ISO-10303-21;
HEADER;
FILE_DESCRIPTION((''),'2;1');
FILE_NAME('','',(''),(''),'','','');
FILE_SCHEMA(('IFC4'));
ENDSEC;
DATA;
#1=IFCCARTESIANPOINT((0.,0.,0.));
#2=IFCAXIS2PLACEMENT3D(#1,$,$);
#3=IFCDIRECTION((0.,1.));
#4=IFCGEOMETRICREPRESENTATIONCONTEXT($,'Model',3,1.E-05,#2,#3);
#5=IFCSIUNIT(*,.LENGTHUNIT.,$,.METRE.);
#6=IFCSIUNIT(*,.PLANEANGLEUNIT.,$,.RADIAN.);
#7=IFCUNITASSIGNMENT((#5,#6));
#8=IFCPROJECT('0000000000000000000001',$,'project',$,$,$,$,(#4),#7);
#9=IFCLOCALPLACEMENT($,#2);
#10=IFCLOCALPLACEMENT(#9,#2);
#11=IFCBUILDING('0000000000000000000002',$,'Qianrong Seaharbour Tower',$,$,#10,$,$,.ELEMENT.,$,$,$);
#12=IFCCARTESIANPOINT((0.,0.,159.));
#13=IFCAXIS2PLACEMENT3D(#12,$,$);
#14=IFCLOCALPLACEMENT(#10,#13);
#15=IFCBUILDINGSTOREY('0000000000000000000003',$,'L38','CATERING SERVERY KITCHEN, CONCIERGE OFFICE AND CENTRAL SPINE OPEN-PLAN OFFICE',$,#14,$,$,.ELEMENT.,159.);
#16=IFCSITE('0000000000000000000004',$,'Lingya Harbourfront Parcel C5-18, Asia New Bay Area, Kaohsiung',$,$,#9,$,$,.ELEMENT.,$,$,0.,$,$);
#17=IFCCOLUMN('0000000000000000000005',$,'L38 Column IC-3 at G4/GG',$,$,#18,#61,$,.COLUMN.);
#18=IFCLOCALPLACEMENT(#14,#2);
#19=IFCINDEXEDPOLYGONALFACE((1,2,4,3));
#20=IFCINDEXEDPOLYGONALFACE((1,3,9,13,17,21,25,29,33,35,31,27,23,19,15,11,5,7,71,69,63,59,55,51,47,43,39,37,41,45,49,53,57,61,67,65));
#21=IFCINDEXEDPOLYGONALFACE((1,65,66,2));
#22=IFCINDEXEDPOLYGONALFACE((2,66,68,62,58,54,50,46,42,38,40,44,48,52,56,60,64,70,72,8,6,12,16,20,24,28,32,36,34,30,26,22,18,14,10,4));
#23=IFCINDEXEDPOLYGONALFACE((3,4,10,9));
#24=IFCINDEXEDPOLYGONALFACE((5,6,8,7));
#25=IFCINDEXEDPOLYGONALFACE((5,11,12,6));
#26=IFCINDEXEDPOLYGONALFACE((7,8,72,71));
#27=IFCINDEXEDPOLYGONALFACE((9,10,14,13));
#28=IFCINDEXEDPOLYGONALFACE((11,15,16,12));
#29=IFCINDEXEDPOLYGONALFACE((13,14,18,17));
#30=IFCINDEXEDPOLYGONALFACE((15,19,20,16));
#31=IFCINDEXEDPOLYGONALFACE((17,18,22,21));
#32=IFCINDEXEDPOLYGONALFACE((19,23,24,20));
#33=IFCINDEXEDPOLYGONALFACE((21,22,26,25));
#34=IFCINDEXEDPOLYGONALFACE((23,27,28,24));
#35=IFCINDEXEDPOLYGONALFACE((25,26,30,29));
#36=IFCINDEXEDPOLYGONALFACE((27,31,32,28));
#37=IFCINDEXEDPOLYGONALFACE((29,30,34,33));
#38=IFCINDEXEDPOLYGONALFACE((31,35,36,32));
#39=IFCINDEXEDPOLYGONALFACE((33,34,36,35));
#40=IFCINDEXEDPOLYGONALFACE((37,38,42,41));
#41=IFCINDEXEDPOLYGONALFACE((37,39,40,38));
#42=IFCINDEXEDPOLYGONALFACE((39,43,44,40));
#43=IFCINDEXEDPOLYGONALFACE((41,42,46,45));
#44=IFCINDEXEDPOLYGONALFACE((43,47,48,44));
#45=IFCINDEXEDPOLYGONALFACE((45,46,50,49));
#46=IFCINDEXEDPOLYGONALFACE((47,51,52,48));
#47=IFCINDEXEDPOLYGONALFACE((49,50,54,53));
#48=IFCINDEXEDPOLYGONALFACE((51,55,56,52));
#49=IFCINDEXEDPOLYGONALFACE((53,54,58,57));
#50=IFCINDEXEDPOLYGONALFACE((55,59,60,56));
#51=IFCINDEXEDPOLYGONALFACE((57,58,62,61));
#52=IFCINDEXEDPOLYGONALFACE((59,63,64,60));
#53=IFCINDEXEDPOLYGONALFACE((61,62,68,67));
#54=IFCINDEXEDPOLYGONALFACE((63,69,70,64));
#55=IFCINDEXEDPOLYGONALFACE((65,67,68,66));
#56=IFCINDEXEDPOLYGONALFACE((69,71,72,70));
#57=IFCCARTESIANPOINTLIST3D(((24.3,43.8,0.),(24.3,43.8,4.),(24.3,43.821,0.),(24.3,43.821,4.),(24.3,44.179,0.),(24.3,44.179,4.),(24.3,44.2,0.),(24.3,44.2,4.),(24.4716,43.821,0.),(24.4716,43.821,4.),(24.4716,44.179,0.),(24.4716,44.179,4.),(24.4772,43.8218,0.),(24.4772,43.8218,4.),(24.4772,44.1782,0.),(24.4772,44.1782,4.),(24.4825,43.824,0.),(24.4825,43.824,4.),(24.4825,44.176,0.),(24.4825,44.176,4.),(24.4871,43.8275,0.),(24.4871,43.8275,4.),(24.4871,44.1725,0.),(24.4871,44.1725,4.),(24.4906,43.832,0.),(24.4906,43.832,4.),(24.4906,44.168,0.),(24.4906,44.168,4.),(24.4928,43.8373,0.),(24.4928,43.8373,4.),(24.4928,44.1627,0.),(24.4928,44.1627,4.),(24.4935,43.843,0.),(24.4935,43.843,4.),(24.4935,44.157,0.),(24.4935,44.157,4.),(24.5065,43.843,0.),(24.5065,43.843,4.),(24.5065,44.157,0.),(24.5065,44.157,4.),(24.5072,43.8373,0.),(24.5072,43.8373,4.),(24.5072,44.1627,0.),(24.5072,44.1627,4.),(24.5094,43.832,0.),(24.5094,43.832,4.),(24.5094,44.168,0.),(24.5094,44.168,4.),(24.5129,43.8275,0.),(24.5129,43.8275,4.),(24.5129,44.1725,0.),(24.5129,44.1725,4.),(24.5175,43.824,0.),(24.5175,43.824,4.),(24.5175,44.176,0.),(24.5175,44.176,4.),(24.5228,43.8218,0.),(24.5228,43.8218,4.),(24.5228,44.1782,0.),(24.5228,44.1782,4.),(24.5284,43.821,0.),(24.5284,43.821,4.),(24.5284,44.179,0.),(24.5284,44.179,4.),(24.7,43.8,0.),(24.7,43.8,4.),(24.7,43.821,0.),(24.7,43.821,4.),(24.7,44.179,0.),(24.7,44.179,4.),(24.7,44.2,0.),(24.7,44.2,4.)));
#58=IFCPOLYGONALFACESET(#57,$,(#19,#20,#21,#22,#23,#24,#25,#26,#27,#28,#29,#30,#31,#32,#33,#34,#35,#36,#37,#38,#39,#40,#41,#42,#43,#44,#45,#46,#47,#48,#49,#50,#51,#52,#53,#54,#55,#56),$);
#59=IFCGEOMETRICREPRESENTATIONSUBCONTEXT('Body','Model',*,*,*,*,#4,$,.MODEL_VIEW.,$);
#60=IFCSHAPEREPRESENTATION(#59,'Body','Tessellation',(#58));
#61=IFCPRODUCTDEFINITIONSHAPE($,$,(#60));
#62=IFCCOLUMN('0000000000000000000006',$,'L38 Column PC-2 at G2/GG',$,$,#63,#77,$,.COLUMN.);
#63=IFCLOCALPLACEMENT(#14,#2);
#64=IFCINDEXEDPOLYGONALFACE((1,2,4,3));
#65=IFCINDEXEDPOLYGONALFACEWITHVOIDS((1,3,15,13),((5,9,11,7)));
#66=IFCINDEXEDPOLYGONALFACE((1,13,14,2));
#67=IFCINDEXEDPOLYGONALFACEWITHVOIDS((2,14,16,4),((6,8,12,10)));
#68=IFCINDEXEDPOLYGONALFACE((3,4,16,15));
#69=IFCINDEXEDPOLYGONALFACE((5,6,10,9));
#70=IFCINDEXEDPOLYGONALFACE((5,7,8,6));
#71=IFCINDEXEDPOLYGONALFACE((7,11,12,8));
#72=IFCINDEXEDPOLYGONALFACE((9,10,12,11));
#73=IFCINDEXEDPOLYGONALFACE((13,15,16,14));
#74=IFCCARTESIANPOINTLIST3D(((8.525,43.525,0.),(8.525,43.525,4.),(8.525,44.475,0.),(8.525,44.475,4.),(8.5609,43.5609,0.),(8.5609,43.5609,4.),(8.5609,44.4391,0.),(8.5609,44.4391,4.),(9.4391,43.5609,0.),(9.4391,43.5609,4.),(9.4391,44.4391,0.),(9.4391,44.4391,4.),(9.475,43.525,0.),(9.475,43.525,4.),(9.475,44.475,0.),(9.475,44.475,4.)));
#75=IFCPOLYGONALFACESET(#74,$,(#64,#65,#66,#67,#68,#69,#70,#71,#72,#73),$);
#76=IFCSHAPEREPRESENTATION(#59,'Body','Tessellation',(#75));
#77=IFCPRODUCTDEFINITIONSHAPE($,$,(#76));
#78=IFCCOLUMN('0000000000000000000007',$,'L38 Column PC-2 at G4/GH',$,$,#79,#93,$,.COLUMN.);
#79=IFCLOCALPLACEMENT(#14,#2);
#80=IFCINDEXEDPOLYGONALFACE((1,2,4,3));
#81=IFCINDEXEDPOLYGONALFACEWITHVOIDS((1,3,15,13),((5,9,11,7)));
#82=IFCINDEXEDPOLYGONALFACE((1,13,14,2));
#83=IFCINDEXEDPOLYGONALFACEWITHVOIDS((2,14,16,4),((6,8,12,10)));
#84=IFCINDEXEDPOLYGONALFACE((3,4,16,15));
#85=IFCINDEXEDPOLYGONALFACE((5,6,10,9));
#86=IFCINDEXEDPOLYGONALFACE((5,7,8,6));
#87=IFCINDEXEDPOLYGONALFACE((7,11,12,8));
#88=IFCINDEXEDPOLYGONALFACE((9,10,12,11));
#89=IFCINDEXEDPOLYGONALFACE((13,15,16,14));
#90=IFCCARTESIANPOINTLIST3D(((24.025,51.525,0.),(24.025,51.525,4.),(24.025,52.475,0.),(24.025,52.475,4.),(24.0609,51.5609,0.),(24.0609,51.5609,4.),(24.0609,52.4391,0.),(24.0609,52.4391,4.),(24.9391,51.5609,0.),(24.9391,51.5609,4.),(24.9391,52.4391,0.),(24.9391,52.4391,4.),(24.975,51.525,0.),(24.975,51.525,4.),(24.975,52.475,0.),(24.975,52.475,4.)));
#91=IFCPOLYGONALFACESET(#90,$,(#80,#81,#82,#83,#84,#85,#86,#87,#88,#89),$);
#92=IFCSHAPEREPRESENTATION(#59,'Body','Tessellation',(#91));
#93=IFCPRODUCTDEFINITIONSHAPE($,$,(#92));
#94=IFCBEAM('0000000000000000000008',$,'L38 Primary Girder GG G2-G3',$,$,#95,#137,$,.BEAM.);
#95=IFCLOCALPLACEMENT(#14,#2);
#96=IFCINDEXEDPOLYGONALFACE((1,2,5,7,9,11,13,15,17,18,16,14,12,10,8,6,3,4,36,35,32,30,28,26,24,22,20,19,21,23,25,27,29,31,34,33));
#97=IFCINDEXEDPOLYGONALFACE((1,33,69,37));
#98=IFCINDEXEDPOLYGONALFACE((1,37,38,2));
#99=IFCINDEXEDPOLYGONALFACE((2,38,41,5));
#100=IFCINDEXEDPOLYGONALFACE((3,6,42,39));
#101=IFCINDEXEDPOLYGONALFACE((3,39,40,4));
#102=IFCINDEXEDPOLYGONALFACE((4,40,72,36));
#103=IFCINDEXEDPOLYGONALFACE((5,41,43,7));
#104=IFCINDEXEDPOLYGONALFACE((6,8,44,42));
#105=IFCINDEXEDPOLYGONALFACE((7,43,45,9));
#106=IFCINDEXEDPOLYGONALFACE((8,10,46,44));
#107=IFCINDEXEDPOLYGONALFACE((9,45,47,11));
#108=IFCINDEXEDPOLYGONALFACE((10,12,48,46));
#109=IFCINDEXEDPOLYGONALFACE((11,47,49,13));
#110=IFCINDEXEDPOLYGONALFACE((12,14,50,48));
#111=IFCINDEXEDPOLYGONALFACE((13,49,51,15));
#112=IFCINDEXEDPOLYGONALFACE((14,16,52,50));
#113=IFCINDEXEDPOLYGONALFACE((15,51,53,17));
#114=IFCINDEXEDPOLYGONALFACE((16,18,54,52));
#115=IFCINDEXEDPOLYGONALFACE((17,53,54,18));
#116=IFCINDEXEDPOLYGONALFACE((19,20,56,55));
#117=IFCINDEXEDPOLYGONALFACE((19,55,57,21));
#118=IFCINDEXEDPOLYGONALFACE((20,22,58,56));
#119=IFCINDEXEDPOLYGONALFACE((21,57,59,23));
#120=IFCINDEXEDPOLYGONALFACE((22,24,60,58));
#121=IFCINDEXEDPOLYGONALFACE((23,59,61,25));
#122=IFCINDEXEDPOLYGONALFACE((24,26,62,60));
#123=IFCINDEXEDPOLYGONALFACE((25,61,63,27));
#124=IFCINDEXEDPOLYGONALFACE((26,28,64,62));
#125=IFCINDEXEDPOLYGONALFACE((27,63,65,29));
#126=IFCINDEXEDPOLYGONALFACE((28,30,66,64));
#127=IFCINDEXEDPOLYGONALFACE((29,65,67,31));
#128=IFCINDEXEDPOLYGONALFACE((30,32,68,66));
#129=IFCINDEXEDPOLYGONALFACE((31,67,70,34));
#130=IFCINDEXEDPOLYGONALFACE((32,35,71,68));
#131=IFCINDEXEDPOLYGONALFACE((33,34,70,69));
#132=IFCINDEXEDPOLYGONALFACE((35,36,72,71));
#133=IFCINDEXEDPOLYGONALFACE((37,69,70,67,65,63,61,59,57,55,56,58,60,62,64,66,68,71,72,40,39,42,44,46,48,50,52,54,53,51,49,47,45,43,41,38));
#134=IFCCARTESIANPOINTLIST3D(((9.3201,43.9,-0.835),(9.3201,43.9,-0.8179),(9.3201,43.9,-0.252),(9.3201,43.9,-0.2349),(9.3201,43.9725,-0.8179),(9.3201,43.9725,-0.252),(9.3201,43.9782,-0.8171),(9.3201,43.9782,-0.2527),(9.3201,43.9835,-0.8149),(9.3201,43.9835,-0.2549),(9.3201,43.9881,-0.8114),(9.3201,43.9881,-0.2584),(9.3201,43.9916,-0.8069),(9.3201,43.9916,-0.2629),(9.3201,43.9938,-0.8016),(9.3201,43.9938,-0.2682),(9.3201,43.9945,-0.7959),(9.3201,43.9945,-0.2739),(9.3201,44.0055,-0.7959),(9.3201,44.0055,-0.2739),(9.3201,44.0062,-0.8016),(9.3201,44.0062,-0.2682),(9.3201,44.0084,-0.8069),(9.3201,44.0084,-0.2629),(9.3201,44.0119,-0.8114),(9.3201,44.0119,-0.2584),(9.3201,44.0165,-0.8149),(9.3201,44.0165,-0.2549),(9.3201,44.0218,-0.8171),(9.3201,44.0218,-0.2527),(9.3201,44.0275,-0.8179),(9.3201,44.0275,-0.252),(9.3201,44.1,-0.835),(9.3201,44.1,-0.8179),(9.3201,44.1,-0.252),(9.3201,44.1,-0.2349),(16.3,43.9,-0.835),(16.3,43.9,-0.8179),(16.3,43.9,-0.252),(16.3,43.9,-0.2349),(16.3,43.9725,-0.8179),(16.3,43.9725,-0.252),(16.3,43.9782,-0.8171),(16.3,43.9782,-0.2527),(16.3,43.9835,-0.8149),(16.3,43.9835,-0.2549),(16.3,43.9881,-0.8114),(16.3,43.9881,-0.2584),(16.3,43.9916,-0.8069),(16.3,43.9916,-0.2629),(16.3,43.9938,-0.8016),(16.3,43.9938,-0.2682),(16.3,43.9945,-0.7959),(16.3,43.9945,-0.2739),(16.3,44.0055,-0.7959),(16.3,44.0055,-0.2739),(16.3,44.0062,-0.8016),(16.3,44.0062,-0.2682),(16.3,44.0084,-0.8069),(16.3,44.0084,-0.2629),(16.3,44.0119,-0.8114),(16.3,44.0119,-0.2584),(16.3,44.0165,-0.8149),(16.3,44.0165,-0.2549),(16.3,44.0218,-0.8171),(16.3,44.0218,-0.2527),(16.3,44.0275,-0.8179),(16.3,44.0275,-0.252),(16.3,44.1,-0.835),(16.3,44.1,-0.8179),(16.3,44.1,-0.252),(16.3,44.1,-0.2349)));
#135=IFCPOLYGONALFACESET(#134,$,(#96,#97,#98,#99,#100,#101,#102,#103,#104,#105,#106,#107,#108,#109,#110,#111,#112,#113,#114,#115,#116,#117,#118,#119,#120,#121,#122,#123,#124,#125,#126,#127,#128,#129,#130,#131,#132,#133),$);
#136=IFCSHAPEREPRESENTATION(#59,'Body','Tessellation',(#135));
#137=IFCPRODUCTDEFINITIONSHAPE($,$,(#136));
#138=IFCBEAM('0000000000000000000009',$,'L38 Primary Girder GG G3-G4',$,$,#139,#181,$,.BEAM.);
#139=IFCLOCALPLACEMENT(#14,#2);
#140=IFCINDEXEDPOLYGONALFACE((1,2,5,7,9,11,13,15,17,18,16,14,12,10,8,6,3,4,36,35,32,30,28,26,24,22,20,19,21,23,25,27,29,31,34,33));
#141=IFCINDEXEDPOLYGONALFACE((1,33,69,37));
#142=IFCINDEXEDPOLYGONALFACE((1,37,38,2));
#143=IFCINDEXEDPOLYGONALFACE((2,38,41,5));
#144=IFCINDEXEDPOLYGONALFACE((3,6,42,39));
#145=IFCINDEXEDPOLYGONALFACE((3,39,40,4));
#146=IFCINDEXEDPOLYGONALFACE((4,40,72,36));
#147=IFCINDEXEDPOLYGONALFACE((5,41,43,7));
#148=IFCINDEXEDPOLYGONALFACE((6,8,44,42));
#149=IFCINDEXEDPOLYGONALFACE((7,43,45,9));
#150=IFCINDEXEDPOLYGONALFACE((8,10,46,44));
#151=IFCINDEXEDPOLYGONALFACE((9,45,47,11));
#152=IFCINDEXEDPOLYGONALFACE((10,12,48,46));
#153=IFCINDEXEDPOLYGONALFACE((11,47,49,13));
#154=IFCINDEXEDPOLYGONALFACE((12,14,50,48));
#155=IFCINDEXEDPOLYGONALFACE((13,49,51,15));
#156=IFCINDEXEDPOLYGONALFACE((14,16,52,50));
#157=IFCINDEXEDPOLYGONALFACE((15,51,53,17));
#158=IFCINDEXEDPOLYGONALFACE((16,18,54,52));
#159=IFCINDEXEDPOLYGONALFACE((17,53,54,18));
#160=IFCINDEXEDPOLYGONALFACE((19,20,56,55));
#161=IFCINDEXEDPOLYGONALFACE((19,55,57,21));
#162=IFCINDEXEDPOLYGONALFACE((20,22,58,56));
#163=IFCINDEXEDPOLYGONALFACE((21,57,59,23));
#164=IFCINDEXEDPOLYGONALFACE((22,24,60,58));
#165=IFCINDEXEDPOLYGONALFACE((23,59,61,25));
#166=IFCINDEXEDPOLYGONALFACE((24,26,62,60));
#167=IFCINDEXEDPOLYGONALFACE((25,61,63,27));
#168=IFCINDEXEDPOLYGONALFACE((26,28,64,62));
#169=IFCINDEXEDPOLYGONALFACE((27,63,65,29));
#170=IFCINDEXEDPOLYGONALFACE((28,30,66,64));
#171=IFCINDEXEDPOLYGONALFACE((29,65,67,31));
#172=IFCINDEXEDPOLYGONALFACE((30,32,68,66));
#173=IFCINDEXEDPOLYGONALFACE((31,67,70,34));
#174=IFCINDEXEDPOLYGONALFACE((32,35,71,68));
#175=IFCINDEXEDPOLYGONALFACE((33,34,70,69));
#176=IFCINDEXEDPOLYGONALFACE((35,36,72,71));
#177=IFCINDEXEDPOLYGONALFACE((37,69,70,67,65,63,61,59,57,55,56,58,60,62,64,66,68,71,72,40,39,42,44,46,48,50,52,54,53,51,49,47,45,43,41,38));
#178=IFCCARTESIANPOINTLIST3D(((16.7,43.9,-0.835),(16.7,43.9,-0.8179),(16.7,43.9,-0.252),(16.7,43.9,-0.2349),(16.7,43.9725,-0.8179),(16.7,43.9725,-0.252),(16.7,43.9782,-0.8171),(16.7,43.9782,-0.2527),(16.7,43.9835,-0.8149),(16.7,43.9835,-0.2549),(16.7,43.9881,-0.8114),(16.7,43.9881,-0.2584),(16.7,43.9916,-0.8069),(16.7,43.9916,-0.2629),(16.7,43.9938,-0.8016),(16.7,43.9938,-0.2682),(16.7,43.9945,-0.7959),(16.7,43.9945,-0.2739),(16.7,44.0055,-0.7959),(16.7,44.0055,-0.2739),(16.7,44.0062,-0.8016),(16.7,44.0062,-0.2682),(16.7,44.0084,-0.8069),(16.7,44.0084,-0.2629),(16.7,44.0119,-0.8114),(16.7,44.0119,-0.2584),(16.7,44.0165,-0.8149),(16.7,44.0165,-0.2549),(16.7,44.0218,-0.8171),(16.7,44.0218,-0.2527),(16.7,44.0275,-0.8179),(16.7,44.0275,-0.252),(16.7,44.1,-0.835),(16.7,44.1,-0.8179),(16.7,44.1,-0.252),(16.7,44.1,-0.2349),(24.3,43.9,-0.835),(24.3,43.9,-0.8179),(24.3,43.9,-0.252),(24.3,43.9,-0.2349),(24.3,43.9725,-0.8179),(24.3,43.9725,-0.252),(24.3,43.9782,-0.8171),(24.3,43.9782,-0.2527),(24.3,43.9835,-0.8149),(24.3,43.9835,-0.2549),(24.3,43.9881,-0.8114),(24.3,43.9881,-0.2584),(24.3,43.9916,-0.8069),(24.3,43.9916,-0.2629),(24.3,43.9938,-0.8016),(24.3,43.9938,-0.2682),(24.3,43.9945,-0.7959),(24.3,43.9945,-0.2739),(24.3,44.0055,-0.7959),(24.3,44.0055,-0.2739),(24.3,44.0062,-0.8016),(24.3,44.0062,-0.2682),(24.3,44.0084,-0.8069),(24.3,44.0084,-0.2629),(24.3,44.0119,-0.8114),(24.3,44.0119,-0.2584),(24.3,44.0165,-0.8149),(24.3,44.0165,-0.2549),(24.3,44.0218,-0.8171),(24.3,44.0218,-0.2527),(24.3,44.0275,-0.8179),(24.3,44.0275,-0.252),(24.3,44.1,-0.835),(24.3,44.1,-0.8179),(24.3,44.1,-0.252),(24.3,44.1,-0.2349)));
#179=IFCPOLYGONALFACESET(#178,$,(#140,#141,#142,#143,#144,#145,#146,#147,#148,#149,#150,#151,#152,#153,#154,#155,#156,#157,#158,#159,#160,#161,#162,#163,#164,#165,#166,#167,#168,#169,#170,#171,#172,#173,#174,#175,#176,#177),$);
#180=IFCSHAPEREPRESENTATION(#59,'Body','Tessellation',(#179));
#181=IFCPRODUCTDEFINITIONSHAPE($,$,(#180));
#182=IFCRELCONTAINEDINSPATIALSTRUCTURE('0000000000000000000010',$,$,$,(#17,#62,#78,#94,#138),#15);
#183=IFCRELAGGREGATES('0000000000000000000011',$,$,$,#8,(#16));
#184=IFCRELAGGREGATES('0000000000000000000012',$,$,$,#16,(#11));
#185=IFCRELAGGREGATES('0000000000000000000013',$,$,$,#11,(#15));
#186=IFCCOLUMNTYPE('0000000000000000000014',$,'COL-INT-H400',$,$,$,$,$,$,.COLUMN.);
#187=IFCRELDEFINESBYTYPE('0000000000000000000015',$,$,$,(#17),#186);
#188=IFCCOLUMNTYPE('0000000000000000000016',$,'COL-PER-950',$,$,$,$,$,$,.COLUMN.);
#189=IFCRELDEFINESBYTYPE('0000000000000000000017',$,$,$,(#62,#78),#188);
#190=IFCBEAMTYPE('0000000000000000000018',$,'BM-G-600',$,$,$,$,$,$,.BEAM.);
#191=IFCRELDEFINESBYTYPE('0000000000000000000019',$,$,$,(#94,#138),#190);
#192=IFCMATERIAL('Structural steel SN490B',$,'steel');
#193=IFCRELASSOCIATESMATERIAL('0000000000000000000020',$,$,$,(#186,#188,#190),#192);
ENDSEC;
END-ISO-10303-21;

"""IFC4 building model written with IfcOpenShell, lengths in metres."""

from ifc_helpers import new_model, si_unit, direction, frame, origin, origin_2d, place, context, subcontext, project, spatial, hollow_rectangle, i_section, extrude, material, material_profile, profile_set, type_object, element, save


model = new_model("IFC4")

# Units and contexts
model_context = context("Model", 3, precision=1e-05, world=origin(), true_north=direction((0.0, 1.0)))
body_context = subcontext(model_context, "Body", "Model", "MODEL_VIEW")
ifc_project = project(units=[si_unit("LENGTHUNIT", "METRE"), si_unit("PLANEANGLEUNIT", "RADIAN")], contexts=[model_context])

# Site, building, storey
site_placement = place(None, origin())
site = spatial("IfcSite", under=ifc_project, at=site_placement, Name="Lingya Harbourfront Parcel C5-18, Asia New Bay Area, Kaohsiung", CompositionType="ELEMENT", RefElevation=0.0)
building_placement = place(site_placement, origin())
building = spatial("IfcBuilding", under=site, at=building_placement, Name="Qianrong Seaharbour Tower", CompositionType="ELEMENT")
storey_placement = place(building_placement, frame((0.0, 0.0, 159.0)))
storey = spatial("IfcBuildingStorey", under=building, at=storey_placement, Name="L38", Description="CATERING SERVERY KITCHEN, CONCIERGE OFFICE AND CENTRAL SPINE OPEN-PLAN OFFICE", CompositionType="ELEMENT", Elevation=159.0)

# Columns
ifc_material_1 = material(Name="Structural steel SN490B", Category="steel")
ifc_material_profile_1 = material_profile(ifc_material_1, i_section(OverallWidth=0.3999, OverallDepth=0.3999, WebThickness=0.0129, FlangeThickness=0.021, FilletRadius=0.022, at=origin_2d()), Name="H400x400x13x21")
ifc_profile_set_1 = profile_set([ifc_material_profile_1], Name="Structural steel SN490B")
column_type_1 = type_object("IfcColumnType", Name="COL-INT-H400", PredefinedType="COLUMN", material=ifc_profile_set_1)
for number, where, z_axis, x_axis, name in (
    (1, (24.5, 44.0, 0.0), (0.0, 0.0, 1.0), (1.0, 0.0, 0.0), "L38 Column IC-3 at G4/GG"),
):
    element("IfcColumn", number, at=place(storey_placement, frame(where, z_axis=z_axis, x_axis=x_axis)), inside=storey, type_object=column_type_1, Name=name, PredefinedType="COLUMN", context=body_context, shape_type="SweptSolid", body=[
        extrude(i_section(OverallWidth=0.3999, OverallDepth=0.3999, WebThickness=0.0129, FlangeThickness=0.021, FilletRadius=0.022, at=origin_2d()), origin(), (0.0, 0.0, 1.0), 4.0),
    ])
ifc_material_profile_2 = material_profile(ifc_material_1, hollow_rectangle(XDim=0.95, YDim=0.95, WallThickness=0.0359, at=origin_2d()), Name="BOX950x950x36")
ifc_profile_set_2 = profile_set([ifc_material_profile_2], Name="Structural steel SN490B")
column_type_2 = type_object("IfcColumnType", Name="COL-PER-950", PredefinedType="COLUMN", material=ifc_profile_set_2)
for number, where, z_axis, x_axis, name in (
    (2, (9.0, 44.0, 0.0), (0.0, 0.0, 1.0), (1.0, 0.0, 0.0), "L38 Column PC-2 at G2/GG"),
    (3, (24.5, 52.0, 0.0), (0.0, 0.0, 1.0), (1.0, 0.0, 0.0), "L38 Column PC-2 at G4/GH"),
):
    element("IfcColumn", number, at=place(storey_placement, frame(where, z_axis=z_axis, x_axis=x_axis)), inside=storey, type_object=column_type_2, Name=name, PredefinedType="COLUMN", context=body_context, shape_type="SweptSolid", body=[
        extrude(hollow_rectangle(XDim=0.95, YDim=0.95, WallThickness=0.0359, at=origin_2d()), origin(), (0.0, 0.0, 1.0), 4.0),
    ])

# Beams
ifc_material_profile_3 = material_profile(ifc_material_1, i_section(OverallWidth=0.2, OverallDepth=0.6001, WebThickness=0.011, FlangeThickness=0.0171, FilletRadius=0.022, at=origin_2d()), Name="H600x200x11x17")
ifc_profile_set_3 = profile_set([ifc_material_profile_3], Name="Structural steel SN490B")
beam_type_1 = type_object("IfcBeamType", Name="BM-G-600", PredefinedType="BEAM", material=ifc_profile_set_3)
beam_1_placement = place(storey_placement, frame((9.3201, 44.0, -0.5349), z_axis=(1.0, 0.0, 0.0), x_axis=(0.0, 1.0, 0.0)))
element("IfcBeam", 4, at=beam_1_placement, inside=storey, type_object=beam_type_1, Name="L38 Primary Girder GG G2-G3", PredefinedType="BEAM", context=body_context, shape_type="SweptSolid", body=[
    extrude(i_section(OverallWidth=0.2, OverallDepth=0.6001, WebThickness=0.011, FlangeThickness=0.0171, FilletRadius=0.022, at=origin_2d()), origin(), (0.0, 0.0, 1.0), 6.98),
])
for number, where, z_axis, x_axis, name in (
    (5, (16.7, 44.0, -0.5349), (1.0, 0.0, 0.0), (0.0, 1.0, 0.0), "L38 Primary Girder GG G3-G4"),
):
    element("IfcBeam", number, at=place(storey_placement, frame(where, z_axis=z_axis, x_axis=x_axis)), inside=storey, type_object=beam_type_1, Name=name, PredefinedType="BEAM", context=body_context, shape_type="SweptSolid", body=[
        extrude(i_section(OverallWidth=0.2, OverallDepth=0.6001, WebThickness=0.011, FlangeThickness=0.0171, FilletRadius=0.022, at=origin_2d()), origin(), (0.0, 0.0, 1.0), 7.6001),
    ])

save(model, "model.ifc")
